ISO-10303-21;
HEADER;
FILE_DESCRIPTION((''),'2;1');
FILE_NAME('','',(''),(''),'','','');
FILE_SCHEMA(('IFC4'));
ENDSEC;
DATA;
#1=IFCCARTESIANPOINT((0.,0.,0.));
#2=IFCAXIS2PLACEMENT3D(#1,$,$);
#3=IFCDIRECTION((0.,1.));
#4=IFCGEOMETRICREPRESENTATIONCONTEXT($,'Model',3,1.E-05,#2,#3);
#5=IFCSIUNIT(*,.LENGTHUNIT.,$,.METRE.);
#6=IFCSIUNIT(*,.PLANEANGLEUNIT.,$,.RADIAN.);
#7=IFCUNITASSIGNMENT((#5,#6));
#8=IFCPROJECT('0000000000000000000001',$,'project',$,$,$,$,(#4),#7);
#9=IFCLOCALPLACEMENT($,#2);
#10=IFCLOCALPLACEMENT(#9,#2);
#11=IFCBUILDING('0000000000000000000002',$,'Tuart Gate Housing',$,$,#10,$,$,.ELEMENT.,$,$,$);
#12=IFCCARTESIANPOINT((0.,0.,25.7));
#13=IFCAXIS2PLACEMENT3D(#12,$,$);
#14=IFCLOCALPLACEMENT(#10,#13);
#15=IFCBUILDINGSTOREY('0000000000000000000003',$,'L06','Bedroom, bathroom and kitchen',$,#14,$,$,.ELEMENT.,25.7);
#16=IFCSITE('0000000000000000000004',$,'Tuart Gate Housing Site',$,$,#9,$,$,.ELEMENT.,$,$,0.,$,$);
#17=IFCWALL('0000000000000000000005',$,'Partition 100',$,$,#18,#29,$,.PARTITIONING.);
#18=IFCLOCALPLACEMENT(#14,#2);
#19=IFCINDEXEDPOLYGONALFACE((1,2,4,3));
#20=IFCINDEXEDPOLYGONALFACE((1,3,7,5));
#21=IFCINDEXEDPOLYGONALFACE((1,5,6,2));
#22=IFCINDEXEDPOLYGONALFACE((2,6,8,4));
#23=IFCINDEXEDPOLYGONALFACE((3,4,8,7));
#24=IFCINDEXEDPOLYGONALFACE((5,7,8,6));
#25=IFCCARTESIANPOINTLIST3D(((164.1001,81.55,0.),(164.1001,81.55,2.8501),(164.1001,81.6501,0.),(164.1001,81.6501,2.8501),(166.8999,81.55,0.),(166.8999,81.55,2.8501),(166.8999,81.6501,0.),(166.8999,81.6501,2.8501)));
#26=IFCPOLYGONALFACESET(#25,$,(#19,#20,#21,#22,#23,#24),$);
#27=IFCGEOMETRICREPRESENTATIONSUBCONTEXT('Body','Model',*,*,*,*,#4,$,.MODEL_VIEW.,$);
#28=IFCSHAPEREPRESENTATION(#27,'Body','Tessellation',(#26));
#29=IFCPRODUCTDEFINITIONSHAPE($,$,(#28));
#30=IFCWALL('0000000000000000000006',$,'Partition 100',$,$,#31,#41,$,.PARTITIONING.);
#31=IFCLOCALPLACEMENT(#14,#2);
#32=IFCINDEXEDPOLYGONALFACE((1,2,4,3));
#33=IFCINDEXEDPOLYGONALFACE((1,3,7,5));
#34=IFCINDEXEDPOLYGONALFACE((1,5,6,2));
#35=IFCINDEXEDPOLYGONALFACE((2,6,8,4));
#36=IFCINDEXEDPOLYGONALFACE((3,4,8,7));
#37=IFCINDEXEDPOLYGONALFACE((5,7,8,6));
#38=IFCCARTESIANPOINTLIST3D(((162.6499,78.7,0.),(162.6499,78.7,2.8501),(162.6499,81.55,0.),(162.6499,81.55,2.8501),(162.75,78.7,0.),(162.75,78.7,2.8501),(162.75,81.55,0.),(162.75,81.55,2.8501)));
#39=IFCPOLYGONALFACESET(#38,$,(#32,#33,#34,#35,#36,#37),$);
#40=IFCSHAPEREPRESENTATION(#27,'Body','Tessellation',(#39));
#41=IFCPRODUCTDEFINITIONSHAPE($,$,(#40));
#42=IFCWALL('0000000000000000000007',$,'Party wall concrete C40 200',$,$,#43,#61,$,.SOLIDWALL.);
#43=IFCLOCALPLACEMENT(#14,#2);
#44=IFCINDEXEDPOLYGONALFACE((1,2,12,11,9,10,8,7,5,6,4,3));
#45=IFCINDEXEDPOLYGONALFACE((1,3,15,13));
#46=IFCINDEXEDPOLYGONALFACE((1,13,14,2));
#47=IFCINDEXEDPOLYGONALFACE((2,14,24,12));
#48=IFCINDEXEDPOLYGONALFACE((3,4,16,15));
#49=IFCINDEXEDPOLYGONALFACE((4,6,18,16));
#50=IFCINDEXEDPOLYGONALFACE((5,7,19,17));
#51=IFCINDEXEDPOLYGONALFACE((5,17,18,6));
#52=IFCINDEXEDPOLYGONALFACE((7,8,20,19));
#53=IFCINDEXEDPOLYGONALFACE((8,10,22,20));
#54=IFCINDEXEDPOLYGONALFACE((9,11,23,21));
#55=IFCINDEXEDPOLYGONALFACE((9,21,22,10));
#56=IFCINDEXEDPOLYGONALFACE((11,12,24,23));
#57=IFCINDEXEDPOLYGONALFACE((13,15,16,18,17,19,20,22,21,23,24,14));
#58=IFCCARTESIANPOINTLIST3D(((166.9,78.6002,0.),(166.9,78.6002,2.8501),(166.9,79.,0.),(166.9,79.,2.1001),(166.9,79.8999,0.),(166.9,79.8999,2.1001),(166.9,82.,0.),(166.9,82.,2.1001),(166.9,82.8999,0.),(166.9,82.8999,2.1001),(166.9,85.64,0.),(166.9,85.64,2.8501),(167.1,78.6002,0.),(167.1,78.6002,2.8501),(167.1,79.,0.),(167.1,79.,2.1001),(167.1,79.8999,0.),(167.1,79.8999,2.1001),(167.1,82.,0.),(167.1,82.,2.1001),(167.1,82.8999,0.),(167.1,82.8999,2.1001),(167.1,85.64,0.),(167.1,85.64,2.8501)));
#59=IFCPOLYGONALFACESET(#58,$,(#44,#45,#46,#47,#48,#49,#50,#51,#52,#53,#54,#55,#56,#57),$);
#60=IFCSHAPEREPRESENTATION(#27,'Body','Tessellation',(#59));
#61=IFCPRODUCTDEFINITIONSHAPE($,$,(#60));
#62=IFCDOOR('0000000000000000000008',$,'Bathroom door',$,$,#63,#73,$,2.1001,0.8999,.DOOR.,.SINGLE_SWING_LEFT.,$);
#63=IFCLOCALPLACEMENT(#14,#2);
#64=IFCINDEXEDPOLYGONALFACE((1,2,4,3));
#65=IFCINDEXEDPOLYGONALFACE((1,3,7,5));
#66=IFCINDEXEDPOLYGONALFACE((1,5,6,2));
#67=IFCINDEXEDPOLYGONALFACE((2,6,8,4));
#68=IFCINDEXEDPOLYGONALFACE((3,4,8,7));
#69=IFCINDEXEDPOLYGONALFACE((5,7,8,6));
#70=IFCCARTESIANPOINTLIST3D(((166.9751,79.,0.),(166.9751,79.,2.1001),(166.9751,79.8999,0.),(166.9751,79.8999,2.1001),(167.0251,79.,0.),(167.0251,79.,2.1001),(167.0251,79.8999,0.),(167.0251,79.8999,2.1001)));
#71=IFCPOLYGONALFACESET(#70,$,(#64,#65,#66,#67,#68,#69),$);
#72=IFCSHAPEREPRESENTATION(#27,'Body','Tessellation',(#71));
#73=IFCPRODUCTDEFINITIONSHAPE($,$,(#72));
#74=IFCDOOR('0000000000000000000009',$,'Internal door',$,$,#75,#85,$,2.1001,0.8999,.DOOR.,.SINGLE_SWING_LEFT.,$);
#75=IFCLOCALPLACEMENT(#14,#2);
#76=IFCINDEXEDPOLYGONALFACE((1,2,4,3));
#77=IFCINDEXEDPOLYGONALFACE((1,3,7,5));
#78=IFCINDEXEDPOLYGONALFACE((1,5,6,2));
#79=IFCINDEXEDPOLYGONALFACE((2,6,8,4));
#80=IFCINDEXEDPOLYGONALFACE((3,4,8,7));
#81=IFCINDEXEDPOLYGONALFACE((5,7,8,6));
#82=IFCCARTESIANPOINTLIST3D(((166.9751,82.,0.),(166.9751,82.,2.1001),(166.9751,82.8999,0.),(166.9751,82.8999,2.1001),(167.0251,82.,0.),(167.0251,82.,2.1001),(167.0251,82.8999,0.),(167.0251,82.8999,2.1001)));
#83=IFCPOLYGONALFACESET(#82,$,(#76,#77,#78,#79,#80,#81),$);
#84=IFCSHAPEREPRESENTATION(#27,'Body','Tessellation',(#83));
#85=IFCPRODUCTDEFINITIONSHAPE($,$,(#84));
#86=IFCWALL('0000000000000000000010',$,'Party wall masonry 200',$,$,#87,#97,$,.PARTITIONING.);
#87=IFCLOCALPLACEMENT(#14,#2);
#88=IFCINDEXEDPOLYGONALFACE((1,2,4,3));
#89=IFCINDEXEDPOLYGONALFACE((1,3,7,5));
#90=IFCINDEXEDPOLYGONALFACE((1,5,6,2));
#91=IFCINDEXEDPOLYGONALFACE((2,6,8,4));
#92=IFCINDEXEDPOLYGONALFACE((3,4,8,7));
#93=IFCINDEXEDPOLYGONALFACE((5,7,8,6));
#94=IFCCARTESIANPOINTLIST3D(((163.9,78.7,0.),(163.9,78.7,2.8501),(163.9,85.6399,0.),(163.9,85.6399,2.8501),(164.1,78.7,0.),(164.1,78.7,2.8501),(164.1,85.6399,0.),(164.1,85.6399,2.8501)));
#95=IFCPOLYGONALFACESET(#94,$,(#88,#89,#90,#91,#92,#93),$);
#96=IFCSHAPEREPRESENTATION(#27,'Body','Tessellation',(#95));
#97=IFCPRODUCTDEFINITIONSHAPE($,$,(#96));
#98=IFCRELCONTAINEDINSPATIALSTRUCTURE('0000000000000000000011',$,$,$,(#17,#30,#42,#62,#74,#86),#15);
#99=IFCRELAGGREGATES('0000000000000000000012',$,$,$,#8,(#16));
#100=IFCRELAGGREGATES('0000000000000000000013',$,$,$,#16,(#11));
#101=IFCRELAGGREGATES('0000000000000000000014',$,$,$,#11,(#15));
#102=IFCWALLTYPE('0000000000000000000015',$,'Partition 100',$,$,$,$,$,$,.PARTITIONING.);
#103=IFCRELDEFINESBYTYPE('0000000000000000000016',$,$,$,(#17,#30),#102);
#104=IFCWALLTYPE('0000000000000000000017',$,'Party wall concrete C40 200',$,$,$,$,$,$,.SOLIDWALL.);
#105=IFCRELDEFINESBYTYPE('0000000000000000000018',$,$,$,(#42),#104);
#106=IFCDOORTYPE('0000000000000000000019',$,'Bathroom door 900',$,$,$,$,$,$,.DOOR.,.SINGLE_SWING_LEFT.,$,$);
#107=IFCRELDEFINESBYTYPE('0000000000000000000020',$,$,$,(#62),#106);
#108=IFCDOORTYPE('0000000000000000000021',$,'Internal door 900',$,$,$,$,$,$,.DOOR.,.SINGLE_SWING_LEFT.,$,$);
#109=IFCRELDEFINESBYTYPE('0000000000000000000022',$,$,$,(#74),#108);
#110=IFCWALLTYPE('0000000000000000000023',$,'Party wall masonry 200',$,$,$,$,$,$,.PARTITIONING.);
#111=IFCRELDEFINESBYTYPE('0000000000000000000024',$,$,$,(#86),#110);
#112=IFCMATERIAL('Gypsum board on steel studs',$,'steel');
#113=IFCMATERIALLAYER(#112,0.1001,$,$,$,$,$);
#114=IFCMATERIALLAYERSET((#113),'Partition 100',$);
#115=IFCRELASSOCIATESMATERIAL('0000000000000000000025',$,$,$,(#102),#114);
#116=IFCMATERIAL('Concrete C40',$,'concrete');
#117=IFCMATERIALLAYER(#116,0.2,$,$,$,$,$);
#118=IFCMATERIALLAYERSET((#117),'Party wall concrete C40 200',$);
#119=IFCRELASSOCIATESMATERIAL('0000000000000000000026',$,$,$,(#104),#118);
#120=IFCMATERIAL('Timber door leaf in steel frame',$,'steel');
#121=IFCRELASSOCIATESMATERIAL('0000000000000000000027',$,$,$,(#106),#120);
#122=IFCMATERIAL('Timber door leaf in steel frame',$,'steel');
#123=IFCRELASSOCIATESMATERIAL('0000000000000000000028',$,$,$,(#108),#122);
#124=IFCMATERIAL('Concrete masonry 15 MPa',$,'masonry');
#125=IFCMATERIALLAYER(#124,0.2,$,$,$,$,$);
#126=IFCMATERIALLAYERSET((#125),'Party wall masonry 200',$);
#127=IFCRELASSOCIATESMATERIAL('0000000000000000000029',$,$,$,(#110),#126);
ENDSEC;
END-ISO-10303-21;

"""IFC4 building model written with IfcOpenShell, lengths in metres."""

from ifc_helpers import new_model, si_unit, direction, frame, frame_2d, origin, place, context, subcontext, project, spatial, rectangle, extrude, material, layer, layer_set, type_object, element, fill, save


model = new_model("IFC4")

# Units and contexts
model_context = context("Model", 3, precision=1e-05, world=origin(), true_north=direction((0.0, 1.0)))
body_context = subcontext(model_context, "Body", "Model", "MODEL_VIEW")
ifc_project = project(units=[si_unit("LENGTHUNIT", "METRE"), si_unit("PLANEANGLEUNIT", "RADIAN")], contexts=[model_context])

# Site, building, storey
site_placement = place(None, origin())
site = spatial("IfcSite", under=ifc_project, at=site_placement, Name="Tuart Gate Housing Site", CompositionType="ELEMENT", RefElevation=0.0)
building_placement = place(site_placement, origin())
building = spatial("IfcBuilding", under=site, at=building_placement, Name="Tuart Gate Housing", CompositionType="ELEMENT")
storey_placement = place(building_placement, frame((0.0, 0.0, 25.7)))
storey = spatial("IfcBuildingStorey", under=building, at=storey_placement, Name="L06", Description="Bedroom, bathroom and kitchen", CompositionType="ELEMENT", Elevation=25.7)

# Walls
ifc_material_1 = material(Name="Gypsum board on steel studs", Category="steel")
ifc_layer_1 = layer(ifc_material_1, 0.1001)
ifc_layer_set_1 = layer_set([ifc_layer_1], Name="Partition 100")
wall_type_1 = type_object("IfcWallType", Name="Partition 100", PredefinedType="PARTITIONING", material=ifc_layer_set_1)
wall_1_placement = place(storey_placement, frame((164.1001, 81.6001, 0.0), z_axis=(0.0, 0.0, 1.0), x_axis=(1.0, 0.0, 0.0)))
element("IfcWall", 1, at=wall_1_placement, inside=storey, type_object=wall_type_1, Name="Partition 100", PredefinedType="PARTITIONING", context=body_context, shape_type="SweptSolid", body=[
    extrude(rectangle(XDim=2.7998, YDim=0.1001, at=frame_2d((1.3999, 0.0))), origin(), (0.0, 0.0, 1.0), 2.8501),
])
wall_2_placement = place(storey_placement, frame((162.7, 78.7, 0.0), z_axis=(0.0, 0.0, 1.0), x_axis=(0.0, 1.0, 0.0)))
element("IfcWall", 2, at=wall_2_placement, inside=storey, type_object=wall_type_1, Name="Partition 100", PredefinedType="PARTITIONING", context=body_context, shape_type="SweptSolid", body=[
    extrude(rectangle(XDim=2.8501, YDim=0.1001, at=frame_2d((1.425, 0.0))), origin(), (0.0, 0.0, 1.0), 2.8501),
])

# Wall, openings, doors
ifc_material_2 = material(Name="Concrete C40", Category="concrete")
ifc_layer_2 = layer(ifc_material_2, 0.2)
ifc_layer_set_2 = layer_set([ifc_layer_2], Name="Party wall concrete C40 200")
wall_type_2 = type_object("IfcWallType", Name="Party wall concrete C40 200", PredefinedType="SOLIDWALL", material=ifc_layer_set_2)
wall_3_placement = place(storey_placement, frame((167.0, 78.6001, 0.0), z_axis=(0.0, 0.0, 1.0), x_axis=(0.0, 1.0, 0.0)))
wall_3 = element("IfcWall", 3, at=wall_3_placement, inside=storey, type_object=wall_type_2, Name="Party wall concrete C40 200", PredefinedType="SOLIDWALL", context=body_context, shape_type="SweptSolid", body=[
    extrude(rectangle(XDim=7.0398, YDim=0.2, at=frame_2d((3.52, 0.0))), origin(), (0.0, 0.0, 1.0), 2.8501),
])
opening_1_placement = place(wall_3_placement, frame((3.3999, 0.0, 0.0)))
opening_1 = element("IfcOpeningElement", 4, at=opening_1_placement, cuts=wall_3, PredefinedType="OPENING", context=body_context, shape_type="SweptSolid", body=[
    extrude(rectangle(XDim=0.8999, YDim=2.1001, at=frame_2d((0.45, 1.05))), frame((0.0, 0.1099, 0.0), z_axis=(0.0, -1.0, 0.0), x_axis=(1.0, 0.0, 0.0)), (0.0, 0.0, 1.0), 0.22),
])
opening_2_placement = place(wall_3_placement, frame((0.3999, 0.0, 0.0)))
opening_2 = element("IfcOpeningElement", 5, at=opening_2_placement, cuts=wall_3, PredefinedType="OPENING", context=body_context, shape_type="SweptSolid", body=[
    extrude(rectangle(XDim=0.8999, YDim=2.1001, at=frame_2d((0.45, 1.05))), frame((0.0, 0.1099, 0.0), z_axis=(0.0, -1.0, 0.0), x_axis=(1.0, 0.0, 0.0)), (0.0, 0.0, 1.0), 0.22),
])
ifc_material_3 = material(Name="Timber door leaf in steel frame", Category="steel")
door_type_1 = type_object("IfcDoorType", Name="Bathroom door 900", OperationType="SINGLE_SWING_LEFT", PredefinedType="DOOR", material=ifc_material_3)
door_1_placement = place(opening_2_placement, origin())
door_1 = element("IfcDoor", 6, at=door_1_placement, inside=storey, type_object=door_type_1, Name="Bathroom door", OperationType="SINGLE_SWING_LEFT", OverallHeight=2.1001, OverallWidth=0.8999, PredefinedType="DOOR", context=body_context, shape_type="SweptSolid", body=[
    extrude(rectangle(XDim=0.8999, YDim=2.1001, at=frame_2d((0.45, 1.05))), frame((0.0, 0.0249, 0.0), z_axis=(0.0, -1.0, 0.0), x_axis=(1.0, 0.0, 0.0)), (0.0, 0.0, 1.0), 0.05),
])
fill(opening_2, door_1)
ifc_material_4 = material(Name="Timber door leaf in steel frame", Category="steel")
door_type_2 = type_object("IfcDoorType", Name="Internal door 900", OperationType="SINGLE_SWING_LEFT", PredefinedType="DOOR", material=ifc_material_4)
door_2_placement = place(opening_1_placement, origin())
door_2 = element("IfcDoor", 7, at=door_2_placement, inside=storey, type_object=door_type_2, Name="Internal door", OperationType="SINGLE_SWING_LEFT", OverallHeight=2.1001, OverallWidth=0.8999, PredefinedType="DOOR", context=body_context, shape_type="SweptSolid", body=[
    extrude(rectangle(XDim=0.8999, YDim=2.1001, at=frame_2d((0.45, 1.05))), frame((0.0, 0.0249, 0.0), z_axis=(0.0, -1.0, 0.0), x_axis=(1.0, 0.0, 0.0)), (0.0, 0.0, 1.0), 0.05),
])
fill(opening_1, door_2)

# Wall
ifc_material_5 = material(Name="Concrete masonry 15 MPa", Category="masonry")
ifc_layer_3 = layer(ifc_material_5, 0.2)
ifc_layer_set_3 = layer_set([ifc_layer_3], Name="Party wall masonry 200")
wall_type_3 = type_object("IfcWallType", Name="Party wall masonry 200", PredefinedType="PARTITIONING", material=ifc_layer_set_3)
wall_4_placement = place(storey_placement, frame((164.0, 78.7, 0.0), z_axis=(0.0, 0.0, 1.0), x_axis=(0.0, 1.0, 0.0)))
element("IfcWall", 8, at=wall_4_placement, inside=storey, type_object=wall_type_3, Name="Party wall masonry 200", PredefinedType="PARTITIONING", context=body_context, shape_type="SweptSolid", body=[
    extrude(rectangle(XDim=6.9399, YDim=0.2, at=frame_2d((3.47, 0.0))), origin(), (0.0, 0.0, 1.0), 2.8501),
])

save(model, "model.ifc")
